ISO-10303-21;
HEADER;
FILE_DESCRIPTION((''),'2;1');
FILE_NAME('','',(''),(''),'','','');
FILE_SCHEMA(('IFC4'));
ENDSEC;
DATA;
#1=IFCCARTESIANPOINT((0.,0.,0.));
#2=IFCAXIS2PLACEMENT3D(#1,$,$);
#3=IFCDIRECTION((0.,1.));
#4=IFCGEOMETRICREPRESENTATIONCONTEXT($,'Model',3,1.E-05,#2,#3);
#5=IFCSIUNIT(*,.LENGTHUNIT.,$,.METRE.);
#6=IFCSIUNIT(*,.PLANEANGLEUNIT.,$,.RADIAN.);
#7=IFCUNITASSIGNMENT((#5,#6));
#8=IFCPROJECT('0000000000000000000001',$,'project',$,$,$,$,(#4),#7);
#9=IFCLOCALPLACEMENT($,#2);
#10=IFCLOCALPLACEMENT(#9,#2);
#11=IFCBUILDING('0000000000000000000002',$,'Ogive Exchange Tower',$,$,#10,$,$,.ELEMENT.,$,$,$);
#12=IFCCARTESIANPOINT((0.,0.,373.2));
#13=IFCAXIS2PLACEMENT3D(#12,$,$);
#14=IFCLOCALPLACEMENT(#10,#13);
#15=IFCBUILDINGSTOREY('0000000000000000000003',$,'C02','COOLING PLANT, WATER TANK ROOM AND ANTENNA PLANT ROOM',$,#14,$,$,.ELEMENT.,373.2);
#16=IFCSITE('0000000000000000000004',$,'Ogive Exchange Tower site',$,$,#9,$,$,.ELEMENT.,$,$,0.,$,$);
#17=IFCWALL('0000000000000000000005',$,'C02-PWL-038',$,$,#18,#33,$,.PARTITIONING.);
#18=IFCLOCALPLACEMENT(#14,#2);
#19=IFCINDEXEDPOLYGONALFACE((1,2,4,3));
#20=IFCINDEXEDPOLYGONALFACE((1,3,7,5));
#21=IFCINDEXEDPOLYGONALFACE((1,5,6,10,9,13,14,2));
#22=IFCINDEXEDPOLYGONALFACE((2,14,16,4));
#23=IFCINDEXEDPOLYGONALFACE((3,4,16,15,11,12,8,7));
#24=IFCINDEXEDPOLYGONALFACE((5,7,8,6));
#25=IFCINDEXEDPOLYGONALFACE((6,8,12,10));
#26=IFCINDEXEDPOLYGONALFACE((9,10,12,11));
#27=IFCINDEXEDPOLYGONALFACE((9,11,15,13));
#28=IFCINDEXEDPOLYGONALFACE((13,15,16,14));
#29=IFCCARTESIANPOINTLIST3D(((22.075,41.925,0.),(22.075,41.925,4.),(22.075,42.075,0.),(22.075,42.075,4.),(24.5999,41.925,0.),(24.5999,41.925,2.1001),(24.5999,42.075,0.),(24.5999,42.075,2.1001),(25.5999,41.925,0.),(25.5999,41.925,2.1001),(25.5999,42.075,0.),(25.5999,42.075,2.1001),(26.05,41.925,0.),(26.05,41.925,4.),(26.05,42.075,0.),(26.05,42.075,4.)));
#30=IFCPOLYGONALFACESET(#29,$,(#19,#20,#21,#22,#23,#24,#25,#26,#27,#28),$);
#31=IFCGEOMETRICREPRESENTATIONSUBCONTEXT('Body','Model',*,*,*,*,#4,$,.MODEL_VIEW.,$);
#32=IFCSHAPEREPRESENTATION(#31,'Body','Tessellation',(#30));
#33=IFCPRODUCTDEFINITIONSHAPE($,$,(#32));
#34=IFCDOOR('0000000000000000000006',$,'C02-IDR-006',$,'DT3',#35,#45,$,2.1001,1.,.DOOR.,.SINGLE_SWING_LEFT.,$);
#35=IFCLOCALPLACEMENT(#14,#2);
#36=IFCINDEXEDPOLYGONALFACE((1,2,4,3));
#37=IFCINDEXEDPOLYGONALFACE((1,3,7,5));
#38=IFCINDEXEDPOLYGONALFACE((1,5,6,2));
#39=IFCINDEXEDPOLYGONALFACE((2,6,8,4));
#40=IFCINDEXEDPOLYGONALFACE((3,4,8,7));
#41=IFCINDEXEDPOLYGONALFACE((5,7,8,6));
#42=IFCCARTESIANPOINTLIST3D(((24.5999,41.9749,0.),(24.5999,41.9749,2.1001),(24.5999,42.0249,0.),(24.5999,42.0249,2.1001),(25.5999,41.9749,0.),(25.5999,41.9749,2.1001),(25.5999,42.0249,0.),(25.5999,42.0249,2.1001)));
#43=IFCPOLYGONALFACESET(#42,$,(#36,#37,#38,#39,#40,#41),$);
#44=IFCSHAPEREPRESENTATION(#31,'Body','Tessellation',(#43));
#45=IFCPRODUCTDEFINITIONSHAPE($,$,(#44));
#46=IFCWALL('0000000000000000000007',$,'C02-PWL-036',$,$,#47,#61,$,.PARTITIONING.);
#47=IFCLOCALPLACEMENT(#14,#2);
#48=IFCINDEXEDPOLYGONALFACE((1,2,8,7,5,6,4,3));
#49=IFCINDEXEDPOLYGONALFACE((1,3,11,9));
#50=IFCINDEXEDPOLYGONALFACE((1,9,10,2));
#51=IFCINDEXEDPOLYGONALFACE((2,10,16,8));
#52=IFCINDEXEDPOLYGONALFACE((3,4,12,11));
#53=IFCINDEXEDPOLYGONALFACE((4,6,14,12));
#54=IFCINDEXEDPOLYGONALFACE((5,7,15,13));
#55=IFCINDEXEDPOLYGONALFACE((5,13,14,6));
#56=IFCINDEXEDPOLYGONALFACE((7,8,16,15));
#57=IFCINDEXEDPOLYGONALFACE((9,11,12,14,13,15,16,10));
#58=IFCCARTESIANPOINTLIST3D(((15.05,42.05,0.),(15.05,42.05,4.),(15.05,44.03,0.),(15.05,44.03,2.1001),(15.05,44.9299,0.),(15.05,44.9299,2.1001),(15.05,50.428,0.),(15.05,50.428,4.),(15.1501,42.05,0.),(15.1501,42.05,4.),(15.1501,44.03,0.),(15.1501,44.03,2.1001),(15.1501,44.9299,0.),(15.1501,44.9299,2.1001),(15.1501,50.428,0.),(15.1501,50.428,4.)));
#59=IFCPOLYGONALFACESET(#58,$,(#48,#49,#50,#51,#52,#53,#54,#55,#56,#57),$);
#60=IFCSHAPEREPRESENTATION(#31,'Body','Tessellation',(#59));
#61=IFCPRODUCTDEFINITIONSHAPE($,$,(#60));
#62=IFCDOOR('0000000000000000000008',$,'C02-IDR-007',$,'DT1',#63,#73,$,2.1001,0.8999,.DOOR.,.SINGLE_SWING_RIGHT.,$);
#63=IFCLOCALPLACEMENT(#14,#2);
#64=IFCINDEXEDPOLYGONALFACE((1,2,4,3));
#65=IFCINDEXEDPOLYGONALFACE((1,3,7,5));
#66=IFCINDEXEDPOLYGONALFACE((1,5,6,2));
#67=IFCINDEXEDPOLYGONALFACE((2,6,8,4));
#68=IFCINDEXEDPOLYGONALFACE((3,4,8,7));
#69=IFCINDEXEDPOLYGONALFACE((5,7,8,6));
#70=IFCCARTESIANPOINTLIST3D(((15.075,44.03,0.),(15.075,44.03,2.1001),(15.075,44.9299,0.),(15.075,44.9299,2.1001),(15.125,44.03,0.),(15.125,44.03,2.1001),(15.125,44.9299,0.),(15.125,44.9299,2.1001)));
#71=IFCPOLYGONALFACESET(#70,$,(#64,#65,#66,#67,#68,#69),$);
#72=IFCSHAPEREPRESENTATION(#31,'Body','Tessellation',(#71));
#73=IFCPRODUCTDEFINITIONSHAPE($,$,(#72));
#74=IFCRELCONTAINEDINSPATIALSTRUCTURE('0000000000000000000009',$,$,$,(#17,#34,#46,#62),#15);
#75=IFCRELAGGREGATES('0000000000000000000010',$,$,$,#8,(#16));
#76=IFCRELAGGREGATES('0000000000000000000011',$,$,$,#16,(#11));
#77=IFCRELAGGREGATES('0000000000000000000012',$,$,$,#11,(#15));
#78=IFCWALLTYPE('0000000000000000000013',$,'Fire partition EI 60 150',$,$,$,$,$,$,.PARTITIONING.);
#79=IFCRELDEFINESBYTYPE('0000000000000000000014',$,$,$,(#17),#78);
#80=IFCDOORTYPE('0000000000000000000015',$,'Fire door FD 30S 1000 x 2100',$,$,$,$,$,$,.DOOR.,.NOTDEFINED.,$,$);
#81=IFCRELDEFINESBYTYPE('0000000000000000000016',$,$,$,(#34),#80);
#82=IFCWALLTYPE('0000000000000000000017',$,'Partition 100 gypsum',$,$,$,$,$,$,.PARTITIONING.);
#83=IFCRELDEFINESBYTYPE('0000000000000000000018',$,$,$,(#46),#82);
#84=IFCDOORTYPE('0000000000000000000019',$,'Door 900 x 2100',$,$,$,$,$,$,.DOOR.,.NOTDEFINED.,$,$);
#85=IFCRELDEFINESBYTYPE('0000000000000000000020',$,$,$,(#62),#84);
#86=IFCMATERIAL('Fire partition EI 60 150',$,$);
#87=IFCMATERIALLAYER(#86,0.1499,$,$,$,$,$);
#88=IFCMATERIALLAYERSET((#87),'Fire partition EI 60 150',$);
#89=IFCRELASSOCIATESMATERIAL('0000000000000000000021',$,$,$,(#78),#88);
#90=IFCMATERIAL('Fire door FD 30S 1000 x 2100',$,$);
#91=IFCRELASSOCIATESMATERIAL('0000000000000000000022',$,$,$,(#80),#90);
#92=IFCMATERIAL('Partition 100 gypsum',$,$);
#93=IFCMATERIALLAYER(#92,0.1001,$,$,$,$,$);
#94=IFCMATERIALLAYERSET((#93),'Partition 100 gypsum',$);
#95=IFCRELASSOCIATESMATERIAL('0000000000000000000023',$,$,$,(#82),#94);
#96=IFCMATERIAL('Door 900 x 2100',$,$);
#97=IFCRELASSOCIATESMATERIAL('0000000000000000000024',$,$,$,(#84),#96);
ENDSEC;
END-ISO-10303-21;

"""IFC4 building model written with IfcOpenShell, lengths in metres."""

from ifc_helpers import new_model, si_unit, direction, frame, frame_2d, origin, place, context, subcontext, project, spatial, rectangle, extrude, material, layer, layer_set, type_object, element, fill, save


model = new_model("IFC4")

# Units and contexts
model_context = context("Model", 3, precision=1e-05, world=origin(), true_north=direction((0.0, 1.0)))
body_context = subcontext(model_context, "Body", "Model", "MODEL_VIEW")
ifc_project = project(units=[si_unit("LENGTHUNIT", "METRE"), si_unit("PLANEANGLEUNIT", "RADIAN")], contexts=[model_context])

# Site, building, storey
site_placement = place(None, origin())
site = spatial("IfcSite", under=ifc_project, at=site_placement, Name="Ogive Exchange Tower site", CompositionType="ELEMENT", RefElevation=0.0)
building_placement = place(site_placement, origin())
building = spatial("IfcBuilding", under=site, at=building_placement, Name="Ogive Exchange Tower", CompositionType="ELEMENT")
storey_placement = place(building_placement, frame((0.0, 0.0, 373.2)))
storey = spatial("IfcBuildingStorey", under=building, at=storey_placement, Name="C02", Description="COOLING PLANT, WATER TANK ROOM AND ANTENNA PLANT ROOM", CompositionType="ELEMENT", Elevation=373.2)

# Shared definitions
ifc_material_1 = material(Name="Fire partition EI 60 150")
ifc_layer_1 = layer(ifc_material_1, 0.1499)
ifc_layer_set_1 = layer_set([ifc_layer_1], Name="Fire partition EI 60 150")
wall_type_1 = type_object("IfcWallType", Name="Fire partition EI 60 150", PredefinedType="PARTITIONING", material=ifc_layer_set_1)

# Walls, openings, doors
wall_1_placement = place(storey_placement, frame((22.075, 42.0, 0.0), z_axis=(0.0, 0.0, 1.0), x_axis=(1.0, 0.0, 0.0)))
wall_1 = element("IfcWall", 1, at=wall_1_placement, inside=storey, type_object=wall_type_1, Name="C02-PWL-038", PredefinedType="PARTITIONING", context=body_context, shape_type="SweptSolid", body=[
    extrude(rectangle(XDim=3.9751, YDim=0.1499, at=frame_2d((1.9875, 0.0))), origin(), (0.0, 0.0, 1.0), 4.0),
])
opening_1_placement = place(wall_1_placement, frame((2.5249, 0.0, 0.0)))
opening_1 = element("IfcOpeningElement", 2, at=opening_1_placement, cuts=wall_1, PredefinedType="OPENING", context=body_context, shape_type="SweptSolid", body=[
    extrude(rectangle(XDim=1.0, YDim=2.1001, at=frame_2d((0.5, 1.05))), frame((0.0, 0.085, 0.0), z_axis=(0.0, -1.0, 0.0), x_axis=(1.0, 0.0, 0.0)), (0.0, 0.0, 1.0), 0.1699),
])
ifc_material_2 = material(Name="Fire door FD 30S 1000 x 2100")
door_type_1 = type_object("IfcDoorType", Name="Fire door FD 30S 1000 x 2100", OperationType="NOTDEFINED", PredefinedType="DOOR", material=ifc_material_2)
door_1_placement = place(opening_1_placement, origin())
door_1 = element("IfcDoor", 3, at=door_1_placement, inside=storey, type_object=door_type_1, Name="C02-IDR-006", ObjectType="DT3", OperationType="SINGLE_SWING_LEFT", OverallHeight=2.1001, OverallWidth=1.0, PredefinedType="DOOR", context=body_context, shape_type="SweptSolid", body=[
    extrude(rectangle(XDim=1.0, YDim=2.1001, at=frame_2d((0.5, 1.05))), frame((0.0, 0.0249, 0.0), z_axis=(0.0, -1.0, 0.0), x_axis=(1.0, 0.0, 0.0)), (0.0, 0.0, 1.0), 0.05),
])
fill(opening_1, door_1)
ifc_material_3 = material(Name="Partition 100 gypsum")
ifc_layer_2 = layer(ifc_material_3, 0.1001)
ifc_layer_set_2 = layer_set([ifc_layer_2], Name="Partition 100 gypsum")
wall_type_2 = type_object("IfcWallType", Name="Partition 100 gypsum", PredefinedType="PARTITIONING", material=ifc_layer_set_2)
wall_2_placement = place(storey_placement, frame((15.1001, 42.05, 0.0), z_axis=(0.0, 0.0, 1.0), x_axis=(0.0, 1.0, 0.0)))
wall_2 = element("IfcWall", 4, at=wall_2_placement, inside=storey, type_object=wall_type_2, Name="C02-PWL-036", PredefinedType="PARTITIONING", context=body_context, shape_type="SweptSolid", body=[
    extrude(rectangle(XDim=8.3779, YDim=0.1001, at=frame_2d((4.189, 0.0))), origin(), (0.0, 0.0, 1.0), 4.0),
])
opening_2_placement = place(wall_2_placement, frame((1.98, 0.0, 0.0)))
opening_2 = element("IfcOpeningElement", 5, at=opening_2_placement, cuts=wall_2, PredefinedType="OPENING", context=body_context, shape_type="SweptSolid", body=[
    extrude(rectangle(XDim=0.8999, YDim=2.1001, at=frame_2d((0.45, 1.05))), frame((0.0, 0.0601, 0.0), z_axis=(0.0, -1.0, 0.0), x_axis=(1.0, 0.0, 0.0)), (0.0, 0.0, 1.0), 0.1201),
])
ifc_material_4 = material(Name="Door 900 x 2100")
door_type_2 = type_object("IfcDoorType", Name="Door 900 x 2100", OperationType="NOTDEFINED", PredefinedType="DOOR", material=ifc_material_4)
door_2_placement = place(opening_2_placement, frame((0.8999, 0.0, 0.0), z_axis=(0.0, 0.0, 1.0), x_axis=(-1.0, 0.0, 0.0)))
door_2 = element("IfcDoor", 6, at=door_2_placement, inside=storey, type_object=door_type_2, Name="C02-IDR-007", ObjectType="DT1", OperationType="SINGLE_SWING_RIGHT", OverallHeight=2.1001, OverallWidth=0.8999, PredefinedType="DOOR", context=body_context, shape_type="SweptSolid", body=[
    extrude(rectangle(XDim=0.8999, YDim=2.1001, at=frame_2d((0.45, 1.05))), frame((0.0, 0.0249, 0.0), z_axis=(0.0, -1.0, 0.0), x_axis=(1.0, 0.0, 0.0)), (0.0, 0.0, 1.0), 0.05),
])
fill(opening_2, door_2)

save(model, "model.ifc")
